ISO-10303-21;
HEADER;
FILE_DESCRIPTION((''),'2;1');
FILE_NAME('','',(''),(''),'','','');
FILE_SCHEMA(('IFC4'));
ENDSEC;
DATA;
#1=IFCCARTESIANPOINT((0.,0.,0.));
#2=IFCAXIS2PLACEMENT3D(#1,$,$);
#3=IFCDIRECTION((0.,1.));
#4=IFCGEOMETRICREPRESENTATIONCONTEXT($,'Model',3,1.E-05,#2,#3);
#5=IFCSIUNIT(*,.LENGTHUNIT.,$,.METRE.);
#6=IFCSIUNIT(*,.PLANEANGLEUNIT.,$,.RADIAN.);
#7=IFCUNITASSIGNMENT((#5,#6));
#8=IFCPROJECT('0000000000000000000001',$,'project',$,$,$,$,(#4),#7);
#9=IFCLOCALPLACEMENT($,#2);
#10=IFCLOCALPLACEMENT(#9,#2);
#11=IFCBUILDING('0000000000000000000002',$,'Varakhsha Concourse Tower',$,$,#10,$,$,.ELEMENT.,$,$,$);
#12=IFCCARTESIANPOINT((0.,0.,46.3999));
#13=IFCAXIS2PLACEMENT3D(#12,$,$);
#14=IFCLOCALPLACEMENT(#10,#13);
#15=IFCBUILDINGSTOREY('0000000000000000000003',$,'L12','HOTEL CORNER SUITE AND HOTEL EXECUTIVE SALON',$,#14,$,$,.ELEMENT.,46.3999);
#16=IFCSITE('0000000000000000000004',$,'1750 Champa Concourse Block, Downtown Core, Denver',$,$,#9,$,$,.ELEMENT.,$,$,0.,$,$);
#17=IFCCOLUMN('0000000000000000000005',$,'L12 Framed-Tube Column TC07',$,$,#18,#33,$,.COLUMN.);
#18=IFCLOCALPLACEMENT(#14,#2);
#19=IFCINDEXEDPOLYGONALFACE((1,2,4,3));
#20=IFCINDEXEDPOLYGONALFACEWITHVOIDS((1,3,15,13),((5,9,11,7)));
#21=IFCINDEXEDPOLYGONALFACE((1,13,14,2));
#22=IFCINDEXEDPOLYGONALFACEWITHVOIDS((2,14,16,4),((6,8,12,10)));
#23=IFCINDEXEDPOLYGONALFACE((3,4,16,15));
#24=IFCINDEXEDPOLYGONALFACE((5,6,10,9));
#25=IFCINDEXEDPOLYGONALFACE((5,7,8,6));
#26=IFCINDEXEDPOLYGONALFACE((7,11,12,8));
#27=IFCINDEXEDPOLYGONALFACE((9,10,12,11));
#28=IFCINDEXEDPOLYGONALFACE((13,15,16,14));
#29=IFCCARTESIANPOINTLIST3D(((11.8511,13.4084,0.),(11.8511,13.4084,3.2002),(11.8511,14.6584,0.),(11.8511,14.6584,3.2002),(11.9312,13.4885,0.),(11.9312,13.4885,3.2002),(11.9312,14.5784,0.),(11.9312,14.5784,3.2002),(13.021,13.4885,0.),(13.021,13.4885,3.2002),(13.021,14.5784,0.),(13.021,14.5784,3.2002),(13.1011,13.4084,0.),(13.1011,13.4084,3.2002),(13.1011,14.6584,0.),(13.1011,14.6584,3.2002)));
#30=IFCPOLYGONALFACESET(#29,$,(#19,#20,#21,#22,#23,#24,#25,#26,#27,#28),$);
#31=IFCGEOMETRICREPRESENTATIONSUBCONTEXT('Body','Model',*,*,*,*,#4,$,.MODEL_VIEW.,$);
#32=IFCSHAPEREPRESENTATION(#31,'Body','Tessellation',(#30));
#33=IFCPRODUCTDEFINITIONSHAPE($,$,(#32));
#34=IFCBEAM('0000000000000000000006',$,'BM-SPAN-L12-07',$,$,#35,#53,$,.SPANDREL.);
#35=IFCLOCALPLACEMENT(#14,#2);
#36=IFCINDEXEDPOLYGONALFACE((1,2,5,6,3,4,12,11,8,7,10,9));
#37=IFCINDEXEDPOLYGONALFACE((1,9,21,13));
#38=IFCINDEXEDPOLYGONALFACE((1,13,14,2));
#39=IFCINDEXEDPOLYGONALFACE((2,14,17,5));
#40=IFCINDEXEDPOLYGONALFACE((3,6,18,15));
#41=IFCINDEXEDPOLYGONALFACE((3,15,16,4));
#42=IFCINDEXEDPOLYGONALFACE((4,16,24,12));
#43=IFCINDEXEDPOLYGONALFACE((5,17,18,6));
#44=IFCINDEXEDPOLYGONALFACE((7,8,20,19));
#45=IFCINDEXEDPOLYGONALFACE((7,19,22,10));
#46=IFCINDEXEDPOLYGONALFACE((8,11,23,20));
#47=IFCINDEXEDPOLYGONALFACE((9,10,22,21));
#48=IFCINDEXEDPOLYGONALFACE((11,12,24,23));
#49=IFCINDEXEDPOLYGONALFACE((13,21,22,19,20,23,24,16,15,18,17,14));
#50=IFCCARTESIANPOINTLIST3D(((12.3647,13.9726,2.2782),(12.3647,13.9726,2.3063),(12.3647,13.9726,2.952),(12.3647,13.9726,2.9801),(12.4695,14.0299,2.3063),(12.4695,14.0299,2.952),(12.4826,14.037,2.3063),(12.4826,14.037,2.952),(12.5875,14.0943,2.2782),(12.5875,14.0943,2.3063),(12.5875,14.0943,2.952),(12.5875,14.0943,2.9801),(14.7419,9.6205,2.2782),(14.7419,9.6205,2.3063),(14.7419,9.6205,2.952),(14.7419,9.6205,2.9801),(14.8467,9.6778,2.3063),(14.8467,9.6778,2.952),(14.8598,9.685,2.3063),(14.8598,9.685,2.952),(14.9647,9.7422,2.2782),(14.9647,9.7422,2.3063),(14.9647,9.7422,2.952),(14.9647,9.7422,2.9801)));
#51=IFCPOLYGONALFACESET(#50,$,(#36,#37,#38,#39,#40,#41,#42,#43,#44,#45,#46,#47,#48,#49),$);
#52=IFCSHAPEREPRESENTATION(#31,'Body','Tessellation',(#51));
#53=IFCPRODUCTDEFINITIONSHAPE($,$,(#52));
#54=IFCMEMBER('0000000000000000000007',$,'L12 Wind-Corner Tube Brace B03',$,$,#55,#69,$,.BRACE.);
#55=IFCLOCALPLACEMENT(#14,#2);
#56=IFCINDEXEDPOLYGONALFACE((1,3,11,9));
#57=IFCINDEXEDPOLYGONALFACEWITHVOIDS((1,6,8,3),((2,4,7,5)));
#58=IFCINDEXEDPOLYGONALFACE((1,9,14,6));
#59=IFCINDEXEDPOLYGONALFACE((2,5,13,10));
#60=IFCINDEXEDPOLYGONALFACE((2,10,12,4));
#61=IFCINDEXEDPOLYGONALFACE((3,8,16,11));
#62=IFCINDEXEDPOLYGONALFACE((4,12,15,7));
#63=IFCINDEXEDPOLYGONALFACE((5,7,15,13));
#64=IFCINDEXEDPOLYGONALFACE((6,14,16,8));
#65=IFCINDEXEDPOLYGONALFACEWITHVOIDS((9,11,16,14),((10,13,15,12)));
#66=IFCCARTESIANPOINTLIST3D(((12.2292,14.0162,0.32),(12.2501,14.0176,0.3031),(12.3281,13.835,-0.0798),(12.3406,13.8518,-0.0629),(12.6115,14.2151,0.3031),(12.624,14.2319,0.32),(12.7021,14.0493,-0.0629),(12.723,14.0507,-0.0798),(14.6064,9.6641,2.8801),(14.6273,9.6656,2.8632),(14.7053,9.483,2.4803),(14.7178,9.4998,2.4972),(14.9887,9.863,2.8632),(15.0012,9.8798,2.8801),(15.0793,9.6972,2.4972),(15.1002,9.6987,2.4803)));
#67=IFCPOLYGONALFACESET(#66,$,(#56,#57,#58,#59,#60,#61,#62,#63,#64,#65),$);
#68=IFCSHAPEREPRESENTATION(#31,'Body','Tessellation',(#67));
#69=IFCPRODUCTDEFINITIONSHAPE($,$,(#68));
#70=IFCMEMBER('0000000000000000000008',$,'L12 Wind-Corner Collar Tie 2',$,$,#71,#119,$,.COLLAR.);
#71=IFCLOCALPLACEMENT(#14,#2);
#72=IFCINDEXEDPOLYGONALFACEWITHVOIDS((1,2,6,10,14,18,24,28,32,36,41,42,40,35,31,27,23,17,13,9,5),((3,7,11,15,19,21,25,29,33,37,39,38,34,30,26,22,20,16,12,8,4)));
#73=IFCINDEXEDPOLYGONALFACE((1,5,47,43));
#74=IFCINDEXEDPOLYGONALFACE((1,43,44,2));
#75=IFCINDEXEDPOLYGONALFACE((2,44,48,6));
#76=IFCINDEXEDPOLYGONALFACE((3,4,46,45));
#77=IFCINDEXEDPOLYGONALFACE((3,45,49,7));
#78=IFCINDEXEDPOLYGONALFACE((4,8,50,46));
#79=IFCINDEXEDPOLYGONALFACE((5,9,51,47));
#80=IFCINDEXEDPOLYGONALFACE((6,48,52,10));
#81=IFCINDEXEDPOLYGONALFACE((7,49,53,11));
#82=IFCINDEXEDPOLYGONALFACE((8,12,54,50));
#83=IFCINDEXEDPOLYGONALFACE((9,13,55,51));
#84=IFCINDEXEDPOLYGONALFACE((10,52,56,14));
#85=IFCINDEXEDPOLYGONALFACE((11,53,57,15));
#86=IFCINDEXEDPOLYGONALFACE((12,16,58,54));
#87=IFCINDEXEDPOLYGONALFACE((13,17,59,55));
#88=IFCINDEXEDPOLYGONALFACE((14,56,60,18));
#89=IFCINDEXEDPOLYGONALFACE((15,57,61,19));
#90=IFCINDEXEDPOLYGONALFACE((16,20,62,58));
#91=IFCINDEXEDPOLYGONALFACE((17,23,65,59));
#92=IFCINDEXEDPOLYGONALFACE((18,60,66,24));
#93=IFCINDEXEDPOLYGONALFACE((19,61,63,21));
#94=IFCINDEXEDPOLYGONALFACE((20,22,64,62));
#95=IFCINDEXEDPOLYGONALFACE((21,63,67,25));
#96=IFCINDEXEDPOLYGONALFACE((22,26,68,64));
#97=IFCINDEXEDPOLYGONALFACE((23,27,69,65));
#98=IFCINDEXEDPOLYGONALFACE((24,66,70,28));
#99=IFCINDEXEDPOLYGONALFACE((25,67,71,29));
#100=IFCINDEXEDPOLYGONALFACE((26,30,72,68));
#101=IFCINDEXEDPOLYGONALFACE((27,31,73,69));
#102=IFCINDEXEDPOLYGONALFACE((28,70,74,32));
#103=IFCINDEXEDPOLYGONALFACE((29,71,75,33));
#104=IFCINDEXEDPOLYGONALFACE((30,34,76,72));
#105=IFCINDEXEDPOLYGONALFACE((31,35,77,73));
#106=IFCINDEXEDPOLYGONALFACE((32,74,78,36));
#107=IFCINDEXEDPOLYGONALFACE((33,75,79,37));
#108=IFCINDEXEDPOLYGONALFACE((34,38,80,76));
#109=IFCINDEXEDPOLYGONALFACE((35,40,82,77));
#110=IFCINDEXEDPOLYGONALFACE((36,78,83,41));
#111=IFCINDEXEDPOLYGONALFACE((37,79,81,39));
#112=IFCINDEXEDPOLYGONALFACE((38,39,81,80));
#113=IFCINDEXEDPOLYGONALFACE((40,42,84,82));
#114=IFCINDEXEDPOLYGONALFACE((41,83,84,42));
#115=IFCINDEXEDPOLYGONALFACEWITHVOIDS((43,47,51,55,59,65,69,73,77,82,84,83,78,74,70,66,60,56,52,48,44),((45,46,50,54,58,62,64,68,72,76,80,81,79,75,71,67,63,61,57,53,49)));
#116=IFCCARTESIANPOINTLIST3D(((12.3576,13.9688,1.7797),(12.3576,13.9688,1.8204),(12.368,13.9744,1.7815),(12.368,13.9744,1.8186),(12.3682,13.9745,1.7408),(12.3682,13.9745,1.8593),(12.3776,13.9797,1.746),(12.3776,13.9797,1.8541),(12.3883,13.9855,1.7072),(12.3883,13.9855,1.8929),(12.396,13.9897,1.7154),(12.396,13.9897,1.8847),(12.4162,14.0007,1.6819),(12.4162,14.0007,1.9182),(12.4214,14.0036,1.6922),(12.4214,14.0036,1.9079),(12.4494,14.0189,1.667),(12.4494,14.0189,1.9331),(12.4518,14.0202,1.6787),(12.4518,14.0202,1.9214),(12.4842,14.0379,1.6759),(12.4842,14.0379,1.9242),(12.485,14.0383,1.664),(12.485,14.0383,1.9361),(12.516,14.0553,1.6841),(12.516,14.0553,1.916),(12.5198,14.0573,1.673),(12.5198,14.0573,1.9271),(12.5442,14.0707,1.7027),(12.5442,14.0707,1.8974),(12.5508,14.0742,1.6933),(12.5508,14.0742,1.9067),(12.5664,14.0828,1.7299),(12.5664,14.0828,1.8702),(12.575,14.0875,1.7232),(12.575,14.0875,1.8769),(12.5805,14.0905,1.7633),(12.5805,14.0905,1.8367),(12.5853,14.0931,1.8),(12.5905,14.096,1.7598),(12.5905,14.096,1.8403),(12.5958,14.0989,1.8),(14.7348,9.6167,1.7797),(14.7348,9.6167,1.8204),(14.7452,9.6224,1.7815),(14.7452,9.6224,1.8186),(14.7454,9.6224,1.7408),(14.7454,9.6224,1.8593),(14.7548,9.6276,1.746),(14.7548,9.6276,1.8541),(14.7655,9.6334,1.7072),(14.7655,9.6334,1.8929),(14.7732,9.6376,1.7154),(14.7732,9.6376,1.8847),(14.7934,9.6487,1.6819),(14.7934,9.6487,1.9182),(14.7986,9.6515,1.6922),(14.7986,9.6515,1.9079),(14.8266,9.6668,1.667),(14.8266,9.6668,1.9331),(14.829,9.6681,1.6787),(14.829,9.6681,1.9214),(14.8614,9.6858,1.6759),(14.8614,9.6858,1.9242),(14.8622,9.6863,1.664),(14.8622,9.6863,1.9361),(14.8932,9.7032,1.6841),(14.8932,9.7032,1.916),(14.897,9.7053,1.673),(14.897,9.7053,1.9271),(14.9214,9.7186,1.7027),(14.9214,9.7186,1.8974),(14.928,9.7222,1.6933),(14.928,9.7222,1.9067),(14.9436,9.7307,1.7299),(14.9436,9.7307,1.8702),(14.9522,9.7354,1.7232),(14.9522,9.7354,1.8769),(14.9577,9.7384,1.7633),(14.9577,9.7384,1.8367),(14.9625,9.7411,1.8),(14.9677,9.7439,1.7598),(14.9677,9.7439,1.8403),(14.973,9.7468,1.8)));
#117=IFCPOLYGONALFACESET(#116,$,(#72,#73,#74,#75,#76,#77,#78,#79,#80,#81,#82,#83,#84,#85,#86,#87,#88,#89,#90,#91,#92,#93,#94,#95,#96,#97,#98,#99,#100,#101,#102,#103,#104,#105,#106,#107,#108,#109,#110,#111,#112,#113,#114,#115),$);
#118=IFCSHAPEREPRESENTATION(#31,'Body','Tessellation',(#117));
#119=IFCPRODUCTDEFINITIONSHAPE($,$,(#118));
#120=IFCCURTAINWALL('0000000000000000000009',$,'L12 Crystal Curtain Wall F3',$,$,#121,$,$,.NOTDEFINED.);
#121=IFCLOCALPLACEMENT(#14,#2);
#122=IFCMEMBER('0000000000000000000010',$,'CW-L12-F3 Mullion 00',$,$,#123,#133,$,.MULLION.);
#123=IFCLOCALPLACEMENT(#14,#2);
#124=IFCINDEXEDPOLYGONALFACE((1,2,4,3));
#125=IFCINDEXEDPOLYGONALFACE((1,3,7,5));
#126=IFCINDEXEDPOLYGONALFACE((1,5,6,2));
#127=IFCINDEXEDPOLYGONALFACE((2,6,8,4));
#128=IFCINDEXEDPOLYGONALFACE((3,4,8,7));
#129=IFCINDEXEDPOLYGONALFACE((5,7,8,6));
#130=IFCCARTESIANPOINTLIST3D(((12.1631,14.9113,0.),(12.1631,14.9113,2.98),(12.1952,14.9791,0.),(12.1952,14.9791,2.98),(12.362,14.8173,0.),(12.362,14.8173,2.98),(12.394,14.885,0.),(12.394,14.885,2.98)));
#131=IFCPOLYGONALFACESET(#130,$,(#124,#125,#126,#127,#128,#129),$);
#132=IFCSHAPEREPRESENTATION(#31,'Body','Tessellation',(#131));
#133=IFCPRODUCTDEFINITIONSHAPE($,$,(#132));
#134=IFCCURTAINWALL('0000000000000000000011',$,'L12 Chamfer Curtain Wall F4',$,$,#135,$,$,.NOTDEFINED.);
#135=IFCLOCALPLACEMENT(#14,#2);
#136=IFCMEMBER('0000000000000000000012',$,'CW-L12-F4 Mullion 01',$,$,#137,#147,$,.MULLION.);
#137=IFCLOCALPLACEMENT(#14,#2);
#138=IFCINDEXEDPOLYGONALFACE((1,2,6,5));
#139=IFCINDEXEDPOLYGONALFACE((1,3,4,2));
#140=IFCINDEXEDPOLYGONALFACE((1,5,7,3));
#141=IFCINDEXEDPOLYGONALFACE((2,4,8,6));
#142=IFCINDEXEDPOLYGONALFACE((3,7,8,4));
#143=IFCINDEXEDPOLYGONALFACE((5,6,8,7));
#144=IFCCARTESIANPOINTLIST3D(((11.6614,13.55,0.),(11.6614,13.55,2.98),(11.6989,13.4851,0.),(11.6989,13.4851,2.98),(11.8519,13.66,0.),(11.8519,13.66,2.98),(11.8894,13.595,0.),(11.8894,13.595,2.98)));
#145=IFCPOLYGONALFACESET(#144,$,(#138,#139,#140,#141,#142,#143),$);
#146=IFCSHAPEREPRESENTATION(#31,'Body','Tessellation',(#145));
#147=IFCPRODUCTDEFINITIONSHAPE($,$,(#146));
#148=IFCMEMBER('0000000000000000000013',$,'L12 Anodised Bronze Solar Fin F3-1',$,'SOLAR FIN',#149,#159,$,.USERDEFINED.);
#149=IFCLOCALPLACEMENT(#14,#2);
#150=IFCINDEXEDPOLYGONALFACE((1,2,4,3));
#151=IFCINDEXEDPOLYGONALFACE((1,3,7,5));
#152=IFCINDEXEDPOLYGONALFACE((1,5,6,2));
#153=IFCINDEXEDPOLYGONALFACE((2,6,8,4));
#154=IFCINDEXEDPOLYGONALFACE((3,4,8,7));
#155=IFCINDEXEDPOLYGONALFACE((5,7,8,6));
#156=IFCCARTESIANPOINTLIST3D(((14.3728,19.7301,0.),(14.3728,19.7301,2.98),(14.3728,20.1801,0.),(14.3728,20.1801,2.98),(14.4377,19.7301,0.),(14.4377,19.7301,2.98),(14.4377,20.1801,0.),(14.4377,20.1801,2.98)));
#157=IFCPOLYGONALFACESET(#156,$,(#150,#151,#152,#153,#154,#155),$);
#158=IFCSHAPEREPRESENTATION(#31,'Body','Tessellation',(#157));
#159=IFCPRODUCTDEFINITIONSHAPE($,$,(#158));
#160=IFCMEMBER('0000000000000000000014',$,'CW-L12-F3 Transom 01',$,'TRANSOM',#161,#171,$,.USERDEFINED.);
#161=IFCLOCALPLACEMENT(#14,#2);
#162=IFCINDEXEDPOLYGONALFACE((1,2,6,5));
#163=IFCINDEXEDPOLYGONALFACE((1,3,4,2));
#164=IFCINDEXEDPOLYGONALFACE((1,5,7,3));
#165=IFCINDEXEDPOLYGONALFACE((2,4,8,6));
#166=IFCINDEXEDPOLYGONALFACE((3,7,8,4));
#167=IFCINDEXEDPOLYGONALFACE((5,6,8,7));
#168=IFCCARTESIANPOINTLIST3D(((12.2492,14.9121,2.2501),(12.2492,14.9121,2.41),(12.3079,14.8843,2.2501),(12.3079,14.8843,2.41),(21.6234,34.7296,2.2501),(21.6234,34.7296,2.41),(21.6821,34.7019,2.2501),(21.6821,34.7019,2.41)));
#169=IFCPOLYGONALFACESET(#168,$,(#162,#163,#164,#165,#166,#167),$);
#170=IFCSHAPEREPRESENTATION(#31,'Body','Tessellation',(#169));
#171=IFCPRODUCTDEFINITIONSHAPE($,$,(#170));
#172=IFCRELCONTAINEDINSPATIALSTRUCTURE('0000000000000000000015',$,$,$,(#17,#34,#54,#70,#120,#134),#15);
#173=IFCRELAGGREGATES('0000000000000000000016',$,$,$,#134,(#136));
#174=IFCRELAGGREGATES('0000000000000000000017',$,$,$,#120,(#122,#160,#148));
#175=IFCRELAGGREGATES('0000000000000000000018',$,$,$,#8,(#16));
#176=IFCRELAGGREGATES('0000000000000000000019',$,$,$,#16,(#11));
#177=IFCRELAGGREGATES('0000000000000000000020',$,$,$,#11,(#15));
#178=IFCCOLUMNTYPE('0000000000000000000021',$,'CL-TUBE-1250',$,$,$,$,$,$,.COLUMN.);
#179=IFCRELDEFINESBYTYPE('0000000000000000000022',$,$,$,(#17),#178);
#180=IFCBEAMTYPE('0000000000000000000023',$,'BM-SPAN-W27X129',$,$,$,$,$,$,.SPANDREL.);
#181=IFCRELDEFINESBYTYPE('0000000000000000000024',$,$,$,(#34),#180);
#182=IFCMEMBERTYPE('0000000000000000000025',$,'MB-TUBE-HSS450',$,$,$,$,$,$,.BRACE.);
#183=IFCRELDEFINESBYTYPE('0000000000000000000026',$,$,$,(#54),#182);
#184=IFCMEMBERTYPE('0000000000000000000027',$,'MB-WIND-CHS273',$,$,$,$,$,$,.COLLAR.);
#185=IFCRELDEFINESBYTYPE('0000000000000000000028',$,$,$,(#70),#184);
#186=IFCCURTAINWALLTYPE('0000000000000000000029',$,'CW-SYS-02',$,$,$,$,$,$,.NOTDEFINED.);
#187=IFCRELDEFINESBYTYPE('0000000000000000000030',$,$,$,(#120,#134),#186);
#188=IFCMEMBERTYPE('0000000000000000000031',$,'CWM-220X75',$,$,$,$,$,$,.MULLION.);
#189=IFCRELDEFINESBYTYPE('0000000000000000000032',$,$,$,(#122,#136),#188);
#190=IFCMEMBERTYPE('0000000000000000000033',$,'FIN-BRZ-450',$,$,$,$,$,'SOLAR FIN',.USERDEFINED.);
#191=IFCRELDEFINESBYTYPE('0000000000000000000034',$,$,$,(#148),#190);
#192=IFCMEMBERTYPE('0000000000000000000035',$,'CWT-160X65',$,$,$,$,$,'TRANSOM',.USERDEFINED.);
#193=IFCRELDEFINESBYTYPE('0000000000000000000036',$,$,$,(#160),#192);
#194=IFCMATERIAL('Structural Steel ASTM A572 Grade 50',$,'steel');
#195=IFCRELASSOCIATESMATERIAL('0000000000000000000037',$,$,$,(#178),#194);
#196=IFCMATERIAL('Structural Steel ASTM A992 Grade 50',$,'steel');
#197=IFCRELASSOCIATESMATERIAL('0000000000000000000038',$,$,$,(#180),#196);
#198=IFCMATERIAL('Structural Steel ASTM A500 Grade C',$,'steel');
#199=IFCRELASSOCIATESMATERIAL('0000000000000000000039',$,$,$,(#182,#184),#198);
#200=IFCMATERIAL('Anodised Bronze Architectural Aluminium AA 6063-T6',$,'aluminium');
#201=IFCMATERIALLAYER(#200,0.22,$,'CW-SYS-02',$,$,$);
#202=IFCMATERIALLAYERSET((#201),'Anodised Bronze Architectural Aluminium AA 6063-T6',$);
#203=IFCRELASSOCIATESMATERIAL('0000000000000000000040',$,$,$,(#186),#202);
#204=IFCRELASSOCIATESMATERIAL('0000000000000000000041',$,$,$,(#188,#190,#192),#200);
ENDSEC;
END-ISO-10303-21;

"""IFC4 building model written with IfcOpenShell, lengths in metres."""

from ifc_helpers import new_model, si_unit, direction, frame, origin, origin_2d, place, context, subcontext, project, spatial, rectangle, hollow_rectangle, hollow_circle, i_section, extrude, source, transform, mapped, material, layer, layer_set, material_profile, profile_set, type_object, type_shapes, element, aggregate, save


model = new_model("IFC4")

# Units and contexts
model_context = context("Model", 3, precision=1e-05, world=origin(), true_north=direction((0.0, 1.0)))
body_context = subcontext(model_context, "Body", "Model", "MODEL_VIEW")
ifc_project = project(units=[si_unit("LENGTHUNIT", "METRE"), si_unit("PLANEANGLEUNIT", "RADIAN")], contexts=[model_context])

# Site, building, storey
site_placement = place(None, origin())
site = spatial("IfcSite", under=ifc_project, at=site_placement, Name="1750 Champa Concourse Block, Downtown Core, Denver", CompositionType="ELEMENT", RefElevation=0.0)
building_placement = place(site_placement, origin())
building = spatial("IfcBuilding", under=site, at=building_placement, Name="Varakhsha Concourse Tower", CompositionType="ELEMENT")
storey_placement = place(building_placement, frame((0.0, 0.0, 46.3999)))
storey = spatial("IfcBuildingStorey", under=building, at=storey_placement, Name="L12", Description="HOTEL CORNER SUITE AND HOTEL EXECUTIVE SALON", CompositionType="ELEMENT", Elevation=46.3999)

# Column
ifc_material_1 = material(Name="Structural Steel ASTM A572 Grade 50", Category="steel")
ifc_material_profile_1 = material_profile(ifc_material_1, hollow_rectangle(XDim=1.25, YDim=1.25, WallThickness=0.0801, at=origin_2d()), Name="BOX 1250x1250x80")
ifc_profile_set_1 = profile_set([ifc_material_profile_1], Name="Structural Steel ASTM A572 Grade 50")
column_type = type_object("IfcColumnType", Name="CL-TUBE-1250", PredefinedType="COLUMN", material=ifc_profile_set_1)
column_placement = place(storey_placement, frame((12.4761, 14.0334, 0.0), z_axis=(0.0, 0.0, 1.0), x_axis=(1.0, 0.0, 0.0)))
element("IfcColumn", 1, at=column_placement, inside=storey, type_object=column_type, Name="L12 Framed-Tube Column TC07", PredefinedType="COLUMN", context=body_context, shape_type="SweptSolid", body=[
    extrude(hollow_rectangle(XDim=1.25, YDim=1.25, WallThickness=0.0801, at=origin_2d()), origin(), (0.0, 0.0, 1.0), 3.2002),
])

# Beam
ifc_material_2 = material(Name="Structural Steel ASTM A992 Grade 50", Category="steel")
ifc_material_profile_2 = material_profile(ifc_material_2, i_section(OverallWidth=0.2539, OverallDepth=0.7019, WebThickness=0.0149, FlangeThickness=0.0281, at=origin_2d()), Name="W27X129")
ifc_profile_set_2 = profile_set([ifc_material_profile_2], Name="Structural Steel ASTM A992 Grade 50")
beam_type = type_object("IfcBeamType", Name="BM-SPAN-W27X129", PredefinedType="SPANDREL", material=ifc_profile_set_2)
beam_placement = place(storey_placement, frame((12.4761, 14.0334, 2.6292), z_axis=(0.479373, -0.877611, 0.0), x_axis=(0.877611, 0.479373, 0.0)))
element("IfcBeam", 2, at=beam_placement, inside=storey, type_object=beam_type, Name="BM-SPAN-L12-07", PredefinedType="SPANDREL", context=body_context, shape_type="SweptSolid", body=[
    extrude(i_section(OverallWidth=0.2539, OverallDepth=0.7019, WebThickness=0.0149, FlangeThickness=0.0281, at=origin_2d()), origin(), (0.0, 0.0, 1.0), 4.959),
])

# Members
ifc_material_3 = material(Name="Structural Steel ASTM A500 Grade C", Category="steel")
ifc_material_profile_3 = material_profile(ifc_material_3, hollow_rectangle(XDim=0.45, YDim=0.45, WallThickness=0.019, at=origin_2d()), Name="HSS 450x450x19")
ifc_profile_set_3 = profile_set([ifc_material_profile_3], Name="Structural Steel ASTM A500 Grade C")
member_type_1 = type_object("IfcMemberType", Name="MB-TUBE-HSS450", PredefinedType="BRACE", material=ifc_profile_set_3)
shared_shape_1 = source(origin(), body_context, "Body", "SweptSolid", [
    extrude(hollow_rectangle(XDim=0.45, YDim=0.45, WallThickness=0.019, at=origin_2d()), origin(), (0.0, 0.0, 1.0), 5.5808),
])
type_shapes(member_type_1, [shared_shape_1])
member_1_placement = place(storey_placement, frame((12.4761, 14.0334, 0.1201), z_axis=(0.42596, -0.779826, 0.458726), x_axis=(0.877611, 0.479373, 0.0)))
element("IfcMember", 3, at=member_1_placement, inside=storey, type_object=member_type_1, Name="L12 Wind-Corner Tube Brace B03", PredefinedType="BRACE", context=body_context, shape_type="MappedRepresentation", body=[
    mapped(shared_shape_1, transform((0.0, 0.0, 0.0), scale=1.0)),
])
ifc_material_profile_4 = material_profile(ifc_material_3, hollow_circle(Radius=0.1365, WallThickness=0.012, at=origin_2d()), Name="CHS 273x12")
ifc_profile_set_4 = profile_set([ifc_material_profile_4], Name="Structural Steel ASTM A500 Grade C")
member_type_2 = type_object("IfcMemberType", Name="MB-WIND-CHS273", PredefinedType="COLLAR", material=ifc_profile_set_4)
shared_shape_2 = source(origin(), body_context, "Body", "SweptSolid", [
    extrude(hollow_circle(Radius=0.1365, WallThickness=0.012, at=origin_2d()), origin(), (0.0, 0.0, 1.0), 4.959),
])
type_shapes(member_type_2, [shared_shape_2])
member_2_placement = place(storey_placement, frame((12.4761, 14.0334, 1.8), z_axis=(0.479373, -0.877611, 0.0), x_axis=(0.877611, 0.479373, 0.0)))
element("IfcMember", 4, at=member_2_placement, inside=storey, type_object=member_type_2, Name="L12 Wind-Corner Collar Tie 2", PredefinedType="COLLAR", context=body_context, shape_type="MappedRepresentation", body=[
    mapped(shared_shape_2, transform((0.0, 0.0, 0.0), scale=1.0)),
])

# Curtain walls, members
ifc_material_4 = material(Name="Anodised Bronze Architectural Aluminium AA 6063-T6", Category="aluminium")
ifc_layer_1 = layer(ifc_material_4, 0.22, Name="CW-SYS-02")
ifc_layer_set_1 = layer_set([ifc_layer_1], Name="Anodised Bronze Architectural Aluminium AA 6063-T6")
curtain_wall_type = type_object("IfcCurtainWallType", Name="CW-SYS-02", PredefinedType="NOTDEFINED", material=ifc_layer_set_1)
curtain_wall_1_placement = place(storey_placement, origin())
curtain_wall_1 = element("IfcCurtainWall", 5, at=curtain_wall_1_placement, inside=storey, type_object=curtain_wall_type, Name="L12 Crystal Curtain Wall F3", PredefinedType="NOTDEFINED")
ifc_material_profile_5 = material_profile(ifc_material_4, rectangle(XDim=0.075, YDim=0.22, at=origin_2d()), Name="CWM-220X75")
ifc_profile_set_5 = profile_set([ifc_material_profile_5], Name="Anodised Bronze Architectural Aluminium AA 6063-T6")
member_type_3 = type_object("IfcMemberType", Name="CWM-220X75", PredefinedType="MULLION", material=ifc_profile_set_5)
shared_shape_3 = source(origin(), body_context, "Body", "SweptSolid", [
    extrude(rectangle(XDim=0.075, YDim=0.22, at=origin_2d()), origin(), (0.0, 0.0, 1.0), 2.98),
])
type_shapes(member_type_3, [shared_shape_3])
member_3_placement = place(storey_placement, frame((12.2786, 14.8982, 0.0), z_axis=(0.0, 0.0, 1.0), x_axis=(0.427604, 0.903966, 0.0)))
member_3 = element("IfcMember", 6, at=member_3_placement, type_object=member_type_3, Name="CW-L12-F3 Mullion 00", PredefinedType="MULLION", context=body_context, shape_type="MappedRepresentation", body=[
    mapped(shared_shape_3, transform((0.0, 0.0, 0.0), scale=1.0)),
])
curtain_wall_2_placement = place(storey_placement, origin())
curtain_wall_2 = element("IfcCurtainWall", 7, at=curtain_wall_2_placement, inside=storey, type_object=curtain_wall_type, Name="L12 Chamfer Curtain Wall F4", PredefinedType="NOTDEFINED")
member_4_placement = place(storey_placement, frame((11.7754, 13.5725, 0.0), z_axis=(0.0, 0.0, 1.0), x_axis=(-0.499994, 0.866029, 0.0)))
member_4 = element("IfcMember", 8, at=member_4_placement, type_object=member_type_3, Name="CW-L12-F4 Mullion 01", PredefinedType="MULLION", context=body_context, shape_type="MappedRepresentation", body=[
    mapped(shared_shape_3, transform((0.0, 0.0, 0.0), scale=1.0)),
])

# Members
ifc_material_profile_6 = material_profile(ifc_material_4, rectangle(XDim=0.0649, YDim=0.45, at=origin_2d()), Name="FIN-BRZ-450")
ifc_profile_set_6 = profile_set([ifc_material_profile_6], Name="Anodised Bronze Architectural Aluminium AA 6063-T6")
member_type_4 = type_object("IfcMemberType", Name="FIN-BRZ-450", ElementType="SOLAR FIN", PredefinedType="USERDEFINED", material=ifc_profile_set_6)
shared_shape_4 = source(origin(), body_context, "Body", "SweptSolid", [
    extrude(rectangle(XDim=0.0649, YDim=0.45, at=origin_2d()), origin(), (0.0, 0.0, 1.0), 2.98),
])
type_shapes(member_type_4, [shared_shape_4])
member_5_placement = place(storey_placement, frame((14.4053, 19.9551, 0.0), z_axis=(0.0, 0.0, 1.0), x_axis=(1.0, 0.0, 0.0)))
member_5 = element("IfcMember", 9, at=member_5_placement, type_object=member_type_4, Name="L12 Anodised Bronze Solar Fin F3-1", ObjectType="SOLAR FIN", PredefinedType="USERDEFINED", context=body_context, shape_type="MappedRepresentation", body=[
    mapped(shared_shape_4, transform((0.0, 0.0, 0.0), scale=1.0)),
])
ifc_material_profile_7 = material_profile(ifc_material_4, rectangle(XDim=0.0649, YDim=0.1599, at=origin_2d()), Name="CWT-160X65")
ifc_profile_set_7 = profile_set([ifc_material_profile_7], Name="Anodised Bronze Architectural Aluminium AA 6063-T6")
member_type_5 = type_object("IfcMemberType", Name="CWT-160X65", ElementType="TRANSOM", PredefinedType="USERDEFINED", material=ifc_profile_set_7)
shared_shape_5 = source(origin(), body_context, "Body", "SweptSolid", [
    extrude(rectangle(XDim=0.0649, YDim=0.1599, at=origin_2d()), origin(), (0.0, 0.0, 1.0), 21.9229),
])
type_shapes(member_type_5, [shared_shape_5])
member_6_placement = place(storey_placement, frame((12.2786, 14.8982, 2.3301), z_axis=(0.427601, 0.903968, 0.0), x_axis=(-0.903968, 0.427601, 0.0)))
member_6 = element("IfcMember", 10, at=member_6_placement, type_object=member_type_5, Name="CW-L12-F3 Transom 01", ObjectType="TRANSOM", PredefinedType="USERDEFINED", context=body_context, shape_type="MappedRepresentation", body=[
    mapped(shared_shape_5, transform((0.0, 0.0, 0.0), scale=1.0)),
])

aggregate(curtain_wall_2, [member_4])
aggregate(curtain_wall_1, [member_3, member_6, member_5])

save(model, "model.ifc")
